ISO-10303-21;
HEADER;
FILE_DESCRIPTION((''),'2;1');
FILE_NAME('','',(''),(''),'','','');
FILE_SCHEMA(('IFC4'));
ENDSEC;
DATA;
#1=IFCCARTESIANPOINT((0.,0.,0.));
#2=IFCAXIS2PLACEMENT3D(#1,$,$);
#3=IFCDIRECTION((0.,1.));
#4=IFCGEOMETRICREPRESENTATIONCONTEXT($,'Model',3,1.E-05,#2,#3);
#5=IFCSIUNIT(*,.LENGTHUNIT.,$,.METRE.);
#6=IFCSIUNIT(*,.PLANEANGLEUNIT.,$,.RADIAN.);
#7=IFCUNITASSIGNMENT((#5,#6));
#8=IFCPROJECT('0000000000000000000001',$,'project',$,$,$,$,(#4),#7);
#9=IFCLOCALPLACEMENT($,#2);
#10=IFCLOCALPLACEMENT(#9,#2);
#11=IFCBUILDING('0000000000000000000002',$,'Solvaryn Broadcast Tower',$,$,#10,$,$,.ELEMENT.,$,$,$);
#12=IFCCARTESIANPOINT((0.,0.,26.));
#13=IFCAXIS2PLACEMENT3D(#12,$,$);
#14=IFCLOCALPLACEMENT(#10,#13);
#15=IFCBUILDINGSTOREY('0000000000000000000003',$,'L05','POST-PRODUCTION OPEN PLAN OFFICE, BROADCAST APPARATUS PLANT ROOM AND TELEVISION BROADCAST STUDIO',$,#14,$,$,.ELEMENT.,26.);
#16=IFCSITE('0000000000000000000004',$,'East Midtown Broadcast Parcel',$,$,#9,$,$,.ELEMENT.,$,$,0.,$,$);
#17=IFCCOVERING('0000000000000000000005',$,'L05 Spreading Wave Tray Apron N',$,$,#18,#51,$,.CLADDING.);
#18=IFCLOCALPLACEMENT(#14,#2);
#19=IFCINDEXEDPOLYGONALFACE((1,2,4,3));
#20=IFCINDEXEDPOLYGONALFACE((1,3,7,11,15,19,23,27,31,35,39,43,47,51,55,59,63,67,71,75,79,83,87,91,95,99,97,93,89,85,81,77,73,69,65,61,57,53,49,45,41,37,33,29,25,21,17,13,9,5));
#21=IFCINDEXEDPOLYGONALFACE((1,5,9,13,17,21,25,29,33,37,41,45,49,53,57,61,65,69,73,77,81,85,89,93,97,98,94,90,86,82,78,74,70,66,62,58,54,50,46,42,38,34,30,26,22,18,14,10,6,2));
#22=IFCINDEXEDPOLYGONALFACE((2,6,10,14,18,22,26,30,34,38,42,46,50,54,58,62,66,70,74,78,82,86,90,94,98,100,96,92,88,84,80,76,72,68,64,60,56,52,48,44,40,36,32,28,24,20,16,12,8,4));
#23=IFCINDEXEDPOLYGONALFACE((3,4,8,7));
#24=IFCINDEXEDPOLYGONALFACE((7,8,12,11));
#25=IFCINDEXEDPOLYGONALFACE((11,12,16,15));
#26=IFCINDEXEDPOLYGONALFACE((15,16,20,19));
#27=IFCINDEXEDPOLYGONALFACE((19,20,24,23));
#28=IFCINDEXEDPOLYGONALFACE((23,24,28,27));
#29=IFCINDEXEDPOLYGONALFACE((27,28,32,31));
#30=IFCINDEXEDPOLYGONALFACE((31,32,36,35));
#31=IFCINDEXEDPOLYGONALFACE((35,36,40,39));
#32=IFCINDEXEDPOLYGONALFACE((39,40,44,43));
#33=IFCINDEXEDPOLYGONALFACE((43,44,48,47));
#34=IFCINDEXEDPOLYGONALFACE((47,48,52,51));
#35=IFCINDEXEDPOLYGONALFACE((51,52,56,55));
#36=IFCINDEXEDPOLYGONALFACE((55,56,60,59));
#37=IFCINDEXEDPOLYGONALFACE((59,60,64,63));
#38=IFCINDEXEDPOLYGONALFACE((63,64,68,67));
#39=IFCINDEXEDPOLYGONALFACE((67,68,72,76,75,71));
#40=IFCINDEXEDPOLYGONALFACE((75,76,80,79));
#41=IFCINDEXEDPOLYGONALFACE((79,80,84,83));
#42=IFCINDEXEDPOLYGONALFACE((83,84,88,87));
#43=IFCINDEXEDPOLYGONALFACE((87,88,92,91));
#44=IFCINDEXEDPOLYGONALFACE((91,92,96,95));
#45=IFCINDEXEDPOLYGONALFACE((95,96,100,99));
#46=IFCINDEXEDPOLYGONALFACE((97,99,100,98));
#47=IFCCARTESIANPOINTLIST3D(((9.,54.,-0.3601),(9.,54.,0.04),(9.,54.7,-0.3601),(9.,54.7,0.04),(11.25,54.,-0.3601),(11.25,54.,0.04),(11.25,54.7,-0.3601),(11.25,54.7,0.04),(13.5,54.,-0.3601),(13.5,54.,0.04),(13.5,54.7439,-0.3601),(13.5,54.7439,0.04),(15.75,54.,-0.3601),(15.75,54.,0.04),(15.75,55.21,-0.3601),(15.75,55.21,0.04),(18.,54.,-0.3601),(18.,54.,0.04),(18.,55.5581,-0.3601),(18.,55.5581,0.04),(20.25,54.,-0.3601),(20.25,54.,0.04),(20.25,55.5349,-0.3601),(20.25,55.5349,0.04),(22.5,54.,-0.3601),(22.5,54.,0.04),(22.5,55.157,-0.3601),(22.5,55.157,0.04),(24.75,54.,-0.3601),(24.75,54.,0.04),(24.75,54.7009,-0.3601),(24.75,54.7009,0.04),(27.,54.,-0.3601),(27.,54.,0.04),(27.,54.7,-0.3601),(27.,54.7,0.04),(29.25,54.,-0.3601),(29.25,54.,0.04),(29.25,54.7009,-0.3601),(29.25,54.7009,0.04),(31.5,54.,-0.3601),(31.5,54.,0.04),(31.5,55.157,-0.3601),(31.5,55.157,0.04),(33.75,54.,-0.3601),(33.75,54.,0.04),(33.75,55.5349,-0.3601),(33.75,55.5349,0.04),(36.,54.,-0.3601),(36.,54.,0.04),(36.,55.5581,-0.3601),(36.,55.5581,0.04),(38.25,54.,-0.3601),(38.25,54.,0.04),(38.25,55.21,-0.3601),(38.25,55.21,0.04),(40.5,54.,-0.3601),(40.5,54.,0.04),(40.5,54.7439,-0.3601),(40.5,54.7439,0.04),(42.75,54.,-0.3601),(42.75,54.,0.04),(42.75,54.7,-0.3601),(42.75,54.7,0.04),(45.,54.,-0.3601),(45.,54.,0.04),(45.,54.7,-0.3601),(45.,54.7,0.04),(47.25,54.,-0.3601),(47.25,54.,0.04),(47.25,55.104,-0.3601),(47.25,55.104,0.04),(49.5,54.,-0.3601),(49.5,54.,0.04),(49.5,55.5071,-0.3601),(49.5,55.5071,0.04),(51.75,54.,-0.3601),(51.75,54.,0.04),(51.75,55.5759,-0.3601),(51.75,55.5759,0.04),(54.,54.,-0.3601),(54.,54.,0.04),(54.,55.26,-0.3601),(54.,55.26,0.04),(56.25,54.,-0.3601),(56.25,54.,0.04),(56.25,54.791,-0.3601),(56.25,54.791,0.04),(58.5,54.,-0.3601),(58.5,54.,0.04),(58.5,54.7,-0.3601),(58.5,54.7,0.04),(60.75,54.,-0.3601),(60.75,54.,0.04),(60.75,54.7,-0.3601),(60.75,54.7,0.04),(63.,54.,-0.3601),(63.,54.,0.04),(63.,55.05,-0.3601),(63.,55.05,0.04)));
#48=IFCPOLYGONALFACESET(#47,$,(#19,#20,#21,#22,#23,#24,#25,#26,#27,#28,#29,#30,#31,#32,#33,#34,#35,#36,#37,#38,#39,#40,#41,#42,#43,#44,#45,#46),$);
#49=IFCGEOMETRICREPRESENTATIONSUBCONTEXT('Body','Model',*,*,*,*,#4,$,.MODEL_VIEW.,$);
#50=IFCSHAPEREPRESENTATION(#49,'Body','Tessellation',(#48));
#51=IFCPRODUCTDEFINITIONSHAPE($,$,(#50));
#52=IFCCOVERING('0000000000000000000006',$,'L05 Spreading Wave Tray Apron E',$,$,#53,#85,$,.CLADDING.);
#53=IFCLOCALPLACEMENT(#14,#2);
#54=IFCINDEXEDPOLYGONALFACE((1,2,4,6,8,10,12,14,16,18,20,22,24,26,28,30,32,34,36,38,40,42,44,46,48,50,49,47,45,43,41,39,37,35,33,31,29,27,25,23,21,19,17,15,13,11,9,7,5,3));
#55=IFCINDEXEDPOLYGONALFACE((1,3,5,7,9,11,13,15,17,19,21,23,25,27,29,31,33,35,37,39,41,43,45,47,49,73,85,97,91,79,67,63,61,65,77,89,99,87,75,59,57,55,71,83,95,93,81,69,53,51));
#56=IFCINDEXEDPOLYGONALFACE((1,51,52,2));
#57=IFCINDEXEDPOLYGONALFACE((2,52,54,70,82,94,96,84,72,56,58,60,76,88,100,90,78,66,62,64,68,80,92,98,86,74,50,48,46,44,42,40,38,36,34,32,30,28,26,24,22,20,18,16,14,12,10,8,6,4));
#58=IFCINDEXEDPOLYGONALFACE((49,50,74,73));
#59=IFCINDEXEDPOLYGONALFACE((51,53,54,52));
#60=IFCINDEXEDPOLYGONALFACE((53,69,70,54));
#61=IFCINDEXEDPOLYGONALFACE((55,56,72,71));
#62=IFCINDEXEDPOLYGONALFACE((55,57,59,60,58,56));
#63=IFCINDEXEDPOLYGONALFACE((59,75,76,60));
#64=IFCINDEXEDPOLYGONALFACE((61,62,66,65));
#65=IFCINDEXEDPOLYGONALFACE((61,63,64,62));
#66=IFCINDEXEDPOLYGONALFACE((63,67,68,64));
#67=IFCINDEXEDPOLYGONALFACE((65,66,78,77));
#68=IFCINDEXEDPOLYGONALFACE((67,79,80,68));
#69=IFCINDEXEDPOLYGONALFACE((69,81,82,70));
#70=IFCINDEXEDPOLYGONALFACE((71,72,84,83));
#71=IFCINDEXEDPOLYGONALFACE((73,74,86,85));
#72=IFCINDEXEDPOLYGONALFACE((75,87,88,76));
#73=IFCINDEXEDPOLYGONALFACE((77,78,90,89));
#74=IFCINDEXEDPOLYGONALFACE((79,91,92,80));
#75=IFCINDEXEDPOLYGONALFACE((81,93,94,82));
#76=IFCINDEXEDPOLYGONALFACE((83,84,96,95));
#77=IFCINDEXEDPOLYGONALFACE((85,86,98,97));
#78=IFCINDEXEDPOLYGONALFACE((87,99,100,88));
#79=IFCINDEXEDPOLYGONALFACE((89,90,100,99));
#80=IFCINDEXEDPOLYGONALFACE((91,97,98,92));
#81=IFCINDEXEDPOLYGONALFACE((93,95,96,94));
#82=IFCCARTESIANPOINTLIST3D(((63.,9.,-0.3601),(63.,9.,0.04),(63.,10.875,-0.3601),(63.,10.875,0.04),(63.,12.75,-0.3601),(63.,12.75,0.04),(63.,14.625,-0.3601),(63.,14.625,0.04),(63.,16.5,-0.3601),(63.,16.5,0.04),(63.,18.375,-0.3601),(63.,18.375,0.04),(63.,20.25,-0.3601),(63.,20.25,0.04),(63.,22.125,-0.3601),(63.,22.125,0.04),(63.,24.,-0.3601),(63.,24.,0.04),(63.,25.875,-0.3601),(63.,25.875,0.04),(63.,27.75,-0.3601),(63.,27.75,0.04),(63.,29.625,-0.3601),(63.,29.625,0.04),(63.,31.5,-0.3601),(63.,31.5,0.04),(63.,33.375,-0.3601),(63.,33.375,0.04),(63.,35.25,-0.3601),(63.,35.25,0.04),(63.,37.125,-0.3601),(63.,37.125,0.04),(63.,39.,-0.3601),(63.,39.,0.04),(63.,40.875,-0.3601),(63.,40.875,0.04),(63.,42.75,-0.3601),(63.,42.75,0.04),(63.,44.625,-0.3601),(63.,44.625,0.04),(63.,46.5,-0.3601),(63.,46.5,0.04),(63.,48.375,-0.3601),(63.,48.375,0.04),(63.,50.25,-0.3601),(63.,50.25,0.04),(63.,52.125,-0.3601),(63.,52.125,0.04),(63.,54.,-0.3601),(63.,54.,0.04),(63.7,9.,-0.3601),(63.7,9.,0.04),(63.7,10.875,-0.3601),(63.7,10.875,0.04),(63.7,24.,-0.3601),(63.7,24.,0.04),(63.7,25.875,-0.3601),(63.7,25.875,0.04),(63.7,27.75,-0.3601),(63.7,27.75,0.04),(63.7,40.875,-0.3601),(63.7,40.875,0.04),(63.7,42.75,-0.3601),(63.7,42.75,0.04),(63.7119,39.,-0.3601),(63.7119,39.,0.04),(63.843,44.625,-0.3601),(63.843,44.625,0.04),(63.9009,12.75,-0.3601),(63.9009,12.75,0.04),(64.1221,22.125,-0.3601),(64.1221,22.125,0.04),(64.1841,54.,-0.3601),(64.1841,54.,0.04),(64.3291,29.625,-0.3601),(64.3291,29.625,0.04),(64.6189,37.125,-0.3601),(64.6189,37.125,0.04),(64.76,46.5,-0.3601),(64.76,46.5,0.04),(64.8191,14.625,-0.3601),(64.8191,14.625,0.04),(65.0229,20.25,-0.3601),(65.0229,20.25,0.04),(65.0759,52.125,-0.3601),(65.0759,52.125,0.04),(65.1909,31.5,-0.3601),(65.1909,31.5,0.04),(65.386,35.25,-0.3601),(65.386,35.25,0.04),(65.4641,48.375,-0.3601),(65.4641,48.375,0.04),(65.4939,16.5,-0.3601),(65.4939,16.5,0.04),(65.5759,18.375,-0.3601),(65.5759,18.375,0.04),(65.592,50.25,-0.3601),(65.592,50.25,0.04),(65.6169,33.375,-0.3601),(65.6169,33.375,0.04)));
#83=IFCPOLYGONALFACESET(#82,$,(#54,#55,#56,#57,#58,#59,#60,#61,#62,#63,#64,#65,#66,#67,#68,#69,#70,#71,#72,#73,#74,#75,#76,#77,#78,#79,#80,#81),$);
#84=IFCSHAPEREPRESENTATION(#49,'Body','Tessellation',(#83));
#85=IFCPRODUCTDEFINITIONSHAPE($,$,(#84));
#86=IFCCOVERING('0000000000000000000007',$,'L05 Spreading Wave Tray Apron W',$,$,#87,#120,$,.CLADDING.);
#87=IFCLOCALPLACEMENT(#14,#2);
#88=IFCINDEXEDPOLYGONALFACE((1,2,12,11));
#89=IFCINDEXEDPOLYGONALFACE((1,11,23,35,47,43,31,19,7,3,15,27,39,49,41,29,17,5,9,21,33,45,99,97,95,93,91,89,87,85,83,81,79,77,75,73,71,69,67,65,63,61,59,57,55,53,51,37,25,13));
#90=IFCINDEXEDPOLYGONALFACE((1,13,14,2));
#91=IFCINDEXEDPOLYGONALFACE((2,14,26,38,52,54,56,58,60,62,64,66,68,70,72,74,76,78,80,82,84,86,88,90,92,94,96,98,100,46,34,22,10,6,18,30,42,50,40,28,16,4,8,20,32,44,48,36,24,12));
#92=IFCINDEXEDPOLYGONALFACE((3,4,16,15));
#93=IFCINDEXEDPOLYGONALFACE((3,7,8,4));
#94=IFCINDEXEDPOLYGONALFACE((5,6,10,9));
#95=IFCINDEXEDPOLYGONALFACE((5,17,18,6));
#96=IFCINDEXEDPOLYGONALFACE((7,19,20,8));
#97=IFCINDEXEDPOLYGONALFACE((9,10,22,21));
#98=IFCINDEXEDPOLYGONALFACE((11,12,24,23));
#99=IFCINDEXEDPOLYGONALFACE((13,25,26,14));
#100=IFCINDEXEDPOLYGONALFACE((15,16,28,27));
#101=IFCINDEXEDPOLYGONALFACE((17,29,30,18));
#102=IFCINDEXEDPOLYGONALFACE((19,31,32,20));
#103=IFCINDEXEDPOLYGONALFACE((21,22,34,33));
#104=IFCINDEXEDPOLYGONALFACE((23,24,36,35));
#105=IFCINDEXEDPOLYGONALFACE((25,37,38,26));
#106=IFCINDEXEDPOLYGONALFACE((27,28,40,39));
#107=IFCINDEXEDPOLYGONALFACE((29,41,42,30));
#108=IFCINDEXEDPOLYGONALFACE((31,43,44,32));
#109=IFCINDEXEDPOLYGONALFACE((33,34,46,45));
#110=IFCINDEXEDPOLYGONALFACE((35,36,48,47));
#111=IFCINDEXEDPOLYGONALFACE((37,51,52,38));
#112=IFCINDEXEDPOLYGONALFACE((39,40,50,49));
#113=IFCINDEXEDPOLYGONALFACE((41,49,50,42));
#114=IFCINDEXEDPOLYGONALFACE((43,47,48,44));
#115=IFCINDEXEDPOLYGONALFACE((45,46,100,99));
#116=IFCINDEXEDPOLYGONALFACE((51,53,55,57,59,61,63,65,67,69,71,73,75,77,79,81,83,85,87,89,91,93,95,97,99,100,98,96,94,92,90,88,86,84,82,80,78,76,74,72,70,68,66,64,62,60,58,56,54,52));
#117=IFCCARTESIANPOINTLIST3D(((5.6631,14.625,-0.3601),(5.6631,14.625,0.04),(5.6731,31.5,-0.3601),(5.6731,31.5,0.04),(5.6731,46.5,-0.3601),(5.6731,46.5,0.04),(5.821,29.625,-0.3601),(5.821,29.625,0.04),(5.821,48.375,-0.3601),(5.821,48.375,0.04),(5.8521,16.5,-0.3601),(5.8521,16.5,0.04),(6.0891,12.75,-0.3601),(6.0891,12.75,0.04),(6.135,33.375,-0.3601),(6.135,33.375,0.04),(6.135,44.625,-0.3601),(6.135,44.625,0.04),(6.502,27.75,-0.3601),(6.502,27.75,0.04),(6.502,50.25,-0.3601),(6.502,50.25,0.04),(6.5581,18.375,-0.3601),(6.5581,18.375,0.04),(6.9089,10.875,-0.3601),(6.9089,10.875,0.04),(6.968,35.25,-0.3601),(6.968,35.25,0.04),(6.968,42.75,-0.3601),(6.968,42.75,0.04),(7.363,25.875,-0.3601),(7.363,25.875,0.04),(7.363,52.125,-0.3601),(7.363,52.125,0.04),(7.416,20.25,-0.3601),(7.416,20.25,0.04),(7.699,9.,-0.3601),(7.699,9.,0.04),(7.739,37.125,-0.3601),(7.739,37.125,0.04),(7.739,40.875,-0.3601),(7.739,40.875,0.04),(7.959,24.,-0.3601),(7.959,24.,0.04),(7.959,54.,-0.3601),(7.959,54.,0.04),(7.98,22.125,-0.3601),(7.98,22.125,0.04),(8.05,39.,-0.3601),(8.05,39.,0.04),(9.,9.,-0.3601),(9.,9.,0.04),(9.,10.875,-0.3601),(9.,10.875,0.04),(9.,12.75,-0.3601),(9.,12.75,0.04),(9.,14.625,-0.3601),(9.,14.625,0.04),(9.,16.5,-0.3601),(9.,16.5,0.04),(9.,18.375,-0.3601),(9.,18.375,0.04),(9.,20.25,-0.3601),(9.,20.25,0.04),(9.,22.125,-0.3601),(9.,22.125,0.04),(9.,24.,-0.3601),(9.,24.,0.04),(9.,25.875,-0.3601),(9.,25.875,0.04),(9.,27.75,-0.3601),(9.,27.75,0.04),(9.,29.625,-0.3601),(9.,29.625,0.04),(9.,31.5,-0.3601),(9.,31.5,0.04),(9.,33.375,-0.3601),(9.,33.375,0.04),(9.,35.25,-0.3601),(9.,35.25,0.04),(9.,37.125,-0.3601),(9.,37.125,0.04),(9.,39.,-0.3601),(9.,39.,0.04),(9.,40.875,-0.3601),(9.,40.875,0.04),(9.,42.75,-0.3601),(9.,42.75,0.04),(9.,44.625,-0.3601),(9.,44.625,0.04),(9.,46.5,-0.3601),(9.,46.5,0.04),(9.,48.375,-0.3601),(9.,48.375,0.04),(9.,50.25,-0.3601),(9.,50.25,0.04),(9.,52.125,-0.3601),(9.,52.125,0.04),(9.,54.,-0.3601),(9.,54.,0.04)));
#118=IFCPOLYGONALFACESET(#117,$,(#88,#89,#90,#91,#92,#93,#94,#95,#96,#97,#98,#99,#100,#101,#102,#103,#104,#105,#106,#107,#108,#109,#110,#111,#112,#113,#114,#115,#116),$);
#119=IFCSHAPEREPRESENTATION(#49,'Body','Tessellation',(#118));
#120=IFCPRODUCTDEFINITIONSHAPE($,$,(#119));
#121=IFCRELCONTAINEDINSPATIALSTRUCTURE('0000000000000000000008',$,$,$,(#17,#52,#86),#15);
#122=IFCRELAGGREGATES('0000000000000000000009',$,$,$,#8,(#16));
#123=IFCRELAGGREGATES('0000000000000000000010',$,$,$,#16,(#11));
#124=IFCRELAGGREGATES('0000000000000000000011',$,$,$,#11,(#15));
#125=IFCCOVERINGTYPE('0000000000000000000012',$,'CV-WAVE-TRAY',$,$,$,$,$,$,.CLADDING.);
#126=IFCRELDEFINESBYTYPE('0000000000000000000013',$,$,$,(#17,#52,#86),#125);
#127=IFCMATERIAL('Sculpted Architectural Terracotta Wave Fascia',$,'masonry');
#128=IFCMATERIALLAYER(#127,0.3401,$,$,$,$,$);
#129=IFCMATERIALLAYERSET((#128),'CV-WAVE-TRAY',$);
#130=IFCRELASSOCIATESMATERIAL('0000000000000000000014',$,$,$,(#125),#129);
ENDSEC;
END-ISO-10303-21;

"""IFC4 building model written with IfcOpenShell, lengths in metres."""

from ifc_helpers import new_model, si_unit, direction, frame, origin, place, context, subcontext, project, spatial, polyline, outline, extrude, material, layer, layer_set, type_object, element, save


model = new_model("IFC4")

# Units and contexts
model_context = context("Model", 3, precision=1e-05, world=origin(), true_north=direction((0.0, 1.0)))
body_context = subcontext(model_context, "Body", "Model", "MODEL_VIEW")
ifc_project = project(units=[si_unit("LENGTHUNIT", "METRE"), si_unit("PLANEANGLEUNIT", "RADIAN")], contexts=[model_context])

# Site, building, storey
site_placement = place(None, origin())
site = spatial("IfcSite", under=ifc_project, at=site_placement, Name="East Midtown Broadcast Parcel", CompositionType="ELEMENT", RefElevation=0.0)
building_placement = place(site_placement, origin())
building = spatial("IfcBuilding", under=site, at=building_placement, Name="Solvaryn Broadcast Tower", CompositionType="ELEMENT")
storey_placement = place(building_placement, frame((0.0, 0.0, 26.0)))
storey = spatial("IfcBuildingStorey", under=building, at=storey_placement, Name="L05", Description="POST-PRODUCTION OPEN PLAN OFFICE, BROADCAST APPARATUS PLANT ROOM AND TELEVISION BROADCAST STUDIO", CompositionType="ELEMENT", Elevation=26.0)

# Coverings
ifc_material_1 = material(Name="Sculpted Architectural Terracotta Wave Fascia", Category="masonry")
ifc_layer_1 = layer(ifc_material_1, 0.3401)
ifc_layer_set_1 = layer_set([ifc_layer_1], Name="CV-WAVE-TRAY")
covering_type_1 = type_object("IfcCoveringType", Name="CV-WAVE-TRAY", PredefinedType="CLADDING", material=ifc_layer_set_1)
covering_1_placement = place(storey_placement, frame((0.0, 0.0, -0.3601)))
element("IfcCovering", 1, at=covering_1_placement, inside=storey, type_object=covering_type_1, Name="L05 Spreading Wave Tray Apron N", PredefinedType="CLADDING", context=body_context, shape_type="SweptSolid", body=[
    extrude(outline(polyline([(9.0, 54.0), (11.25, 54.0), (13.5, 54.0), (15.75, 54.0), (18.0, 54.0), (20.25, 54.0), (22.5, 54.0), (24.75, 54.0), (27.0, 54.0), (29.25, 54.0), (31.5, 54.0), (33.75, 54.0), (36.0, 54.0), (38.25, 54.0), (40.5, 54.0), (42.75, 54.0), (45.0, 54.0), (47.25, 54.0), (49.5, 54.0), (51.75, 54.0), (54.0, 54.0), (56.25, 54.0), (58.5, 54.0), (60.75, 54.0), (63.0, 54.0), (63.0, 55.05), (60.75, 54.7), (58.5, 54.7), (56.25, 54.791), (54.0, 55.26), (51.75, 55.5759), (49.5, 55.5071), (47.25, 55.104), (45.0, 54.7), (42.75, 54.7), (40.5, 54.7439), (38.25, 55.21), (36.0, 55.5581), (33.75, 55.5349), (31.5, 55.157), (29.25, 54.7009), (27.0, 54.7), (24.75, 54.7009), (22.5, 55.157), (20.25, 55.5349), (18.0, 55.5581), (15.75, 55.21), (13.5, 54.7439), (11.25, 54.7), (9.0, 54.7), (9.0, 54.0)])), origin(), (0.0, 0.0, 1.0), 0.4001),
])
covering_2_placement = place(storey_placement, frame((0.0, 0.0, -0.3601)))
element("IfcCovering", 2, at=covering_2_placement, inside=storey, type_object=covering_type_1, Name="L05 Spreading Wave Tray Apron E", PredefinedType="CLADDING", context=body_context, shape_type="SweptSolid", body=[
    extrude(outline(polyline([(63.7, 9.0), (63.7, 10.875), (63.9009, 12.75), (64.8191, 14.625), (65.4939, 16.5), (65.5759, 18.375), (65.0229, 20.25), (64.1221, 22.125), (63.7, 24.0), (63.7, 25.875), (63.7, 27.75), (64.3291, 29.625), (65.1909, 31.5), (65.6169, 33.375), (65.386, 35.25), (64.6189, 37.125), (63.7119, 39.0), (63.7, 40.875), (63.7, 42.75), (63.843, 44.625), (64.76, 46.5), (65.4641, 48.375), (65.592, 50.25), (65.0759, 52.125), (64.1841, 54.0), (63.0, 54.0), (63.0, 52.125), (63.0, 50.25), (63.0, 48.375), (63.0, 46.5), (63.0, 44.625), (63.0, 42.75), (63.0, 40.875), (63.0, 39.0), (63.0, 37.125), (63.0, 35.25), (63.0, 33.375), (63.0, 31.5), (63.0, 29.625), (63.0, 27.75), (63.0, 25.875), (63.0, 24.0), (63.0, 22.125), (63.0, 20.25), (63.0, 18.375), (63.0, 16.5), (63.0, 14.625), (63.0, 12.75), (63.0, 10.875), (63.0, 9.0), (63.7, 9.0)])), origin(), (0.0, 0.0, 1.0), 0.4001),
])
covering_3_placement = place(storey_placement, frame((0.0, 0.0, -0.3601)))
element("IfcCovering", 3, at=covering_3_placement, inside=storey, type_object=covering_type_1, Name="L05 Spreading Wave Tray Apron W", PredefinedType="CLADDING", context=body_context, shape_type="SweptSolid", body=[
    extrude(outline(polyline([(9.0, 9.0), (9.0, 10.875), (9.0, 12.75), (9.0, 14.625), (9.0, 16.5), (9.0, 18.375), (9.0, 20.25), (9.0, 22.125), (9.0, 24.0), (9.0, 25.875), (9.0, 27.75), (9.0, 29.625), (9.0, 31.5), (9.0, 33.375), (9.0, 35.25), (9.0, 37.125), (9.0, 39.0), (9.0, 40.875), (9.0, 42.75), (9.0, 44.625), (9.0, 46.5), (9.0, 48.375), (9.0, 50.25), (9.0, 52.125), (9.0, 54.0), (7.959, 54.0), (7.363, 52.125), (6.502, 50.25), (5.821, 48.375), (5.6731, 46.5), (6.135, 44.625), (6.968, 42.75), (7.739, 40.875), (8.05, 39.0), (7.739, 37.125), (6.968, 35.25), (6.135, 33.375), (5.6731, 31.5), (5.821, 29.625), (6.502, 27.75), (7.363, 25.875), (7.959, 24.0), (7.98, 22.125), (7.416, 20.25), (6.5581, 18.375), (5.8521, 16.5), (5.6631, 14.625), (6.0891, 12.75), (6.9089, 10.875), (7.699, 9.0), (9.0, 9.0)])), origin(), (0.0, 0.0, 1.0), 0.4001),
])

save(model, "model.ifc")
